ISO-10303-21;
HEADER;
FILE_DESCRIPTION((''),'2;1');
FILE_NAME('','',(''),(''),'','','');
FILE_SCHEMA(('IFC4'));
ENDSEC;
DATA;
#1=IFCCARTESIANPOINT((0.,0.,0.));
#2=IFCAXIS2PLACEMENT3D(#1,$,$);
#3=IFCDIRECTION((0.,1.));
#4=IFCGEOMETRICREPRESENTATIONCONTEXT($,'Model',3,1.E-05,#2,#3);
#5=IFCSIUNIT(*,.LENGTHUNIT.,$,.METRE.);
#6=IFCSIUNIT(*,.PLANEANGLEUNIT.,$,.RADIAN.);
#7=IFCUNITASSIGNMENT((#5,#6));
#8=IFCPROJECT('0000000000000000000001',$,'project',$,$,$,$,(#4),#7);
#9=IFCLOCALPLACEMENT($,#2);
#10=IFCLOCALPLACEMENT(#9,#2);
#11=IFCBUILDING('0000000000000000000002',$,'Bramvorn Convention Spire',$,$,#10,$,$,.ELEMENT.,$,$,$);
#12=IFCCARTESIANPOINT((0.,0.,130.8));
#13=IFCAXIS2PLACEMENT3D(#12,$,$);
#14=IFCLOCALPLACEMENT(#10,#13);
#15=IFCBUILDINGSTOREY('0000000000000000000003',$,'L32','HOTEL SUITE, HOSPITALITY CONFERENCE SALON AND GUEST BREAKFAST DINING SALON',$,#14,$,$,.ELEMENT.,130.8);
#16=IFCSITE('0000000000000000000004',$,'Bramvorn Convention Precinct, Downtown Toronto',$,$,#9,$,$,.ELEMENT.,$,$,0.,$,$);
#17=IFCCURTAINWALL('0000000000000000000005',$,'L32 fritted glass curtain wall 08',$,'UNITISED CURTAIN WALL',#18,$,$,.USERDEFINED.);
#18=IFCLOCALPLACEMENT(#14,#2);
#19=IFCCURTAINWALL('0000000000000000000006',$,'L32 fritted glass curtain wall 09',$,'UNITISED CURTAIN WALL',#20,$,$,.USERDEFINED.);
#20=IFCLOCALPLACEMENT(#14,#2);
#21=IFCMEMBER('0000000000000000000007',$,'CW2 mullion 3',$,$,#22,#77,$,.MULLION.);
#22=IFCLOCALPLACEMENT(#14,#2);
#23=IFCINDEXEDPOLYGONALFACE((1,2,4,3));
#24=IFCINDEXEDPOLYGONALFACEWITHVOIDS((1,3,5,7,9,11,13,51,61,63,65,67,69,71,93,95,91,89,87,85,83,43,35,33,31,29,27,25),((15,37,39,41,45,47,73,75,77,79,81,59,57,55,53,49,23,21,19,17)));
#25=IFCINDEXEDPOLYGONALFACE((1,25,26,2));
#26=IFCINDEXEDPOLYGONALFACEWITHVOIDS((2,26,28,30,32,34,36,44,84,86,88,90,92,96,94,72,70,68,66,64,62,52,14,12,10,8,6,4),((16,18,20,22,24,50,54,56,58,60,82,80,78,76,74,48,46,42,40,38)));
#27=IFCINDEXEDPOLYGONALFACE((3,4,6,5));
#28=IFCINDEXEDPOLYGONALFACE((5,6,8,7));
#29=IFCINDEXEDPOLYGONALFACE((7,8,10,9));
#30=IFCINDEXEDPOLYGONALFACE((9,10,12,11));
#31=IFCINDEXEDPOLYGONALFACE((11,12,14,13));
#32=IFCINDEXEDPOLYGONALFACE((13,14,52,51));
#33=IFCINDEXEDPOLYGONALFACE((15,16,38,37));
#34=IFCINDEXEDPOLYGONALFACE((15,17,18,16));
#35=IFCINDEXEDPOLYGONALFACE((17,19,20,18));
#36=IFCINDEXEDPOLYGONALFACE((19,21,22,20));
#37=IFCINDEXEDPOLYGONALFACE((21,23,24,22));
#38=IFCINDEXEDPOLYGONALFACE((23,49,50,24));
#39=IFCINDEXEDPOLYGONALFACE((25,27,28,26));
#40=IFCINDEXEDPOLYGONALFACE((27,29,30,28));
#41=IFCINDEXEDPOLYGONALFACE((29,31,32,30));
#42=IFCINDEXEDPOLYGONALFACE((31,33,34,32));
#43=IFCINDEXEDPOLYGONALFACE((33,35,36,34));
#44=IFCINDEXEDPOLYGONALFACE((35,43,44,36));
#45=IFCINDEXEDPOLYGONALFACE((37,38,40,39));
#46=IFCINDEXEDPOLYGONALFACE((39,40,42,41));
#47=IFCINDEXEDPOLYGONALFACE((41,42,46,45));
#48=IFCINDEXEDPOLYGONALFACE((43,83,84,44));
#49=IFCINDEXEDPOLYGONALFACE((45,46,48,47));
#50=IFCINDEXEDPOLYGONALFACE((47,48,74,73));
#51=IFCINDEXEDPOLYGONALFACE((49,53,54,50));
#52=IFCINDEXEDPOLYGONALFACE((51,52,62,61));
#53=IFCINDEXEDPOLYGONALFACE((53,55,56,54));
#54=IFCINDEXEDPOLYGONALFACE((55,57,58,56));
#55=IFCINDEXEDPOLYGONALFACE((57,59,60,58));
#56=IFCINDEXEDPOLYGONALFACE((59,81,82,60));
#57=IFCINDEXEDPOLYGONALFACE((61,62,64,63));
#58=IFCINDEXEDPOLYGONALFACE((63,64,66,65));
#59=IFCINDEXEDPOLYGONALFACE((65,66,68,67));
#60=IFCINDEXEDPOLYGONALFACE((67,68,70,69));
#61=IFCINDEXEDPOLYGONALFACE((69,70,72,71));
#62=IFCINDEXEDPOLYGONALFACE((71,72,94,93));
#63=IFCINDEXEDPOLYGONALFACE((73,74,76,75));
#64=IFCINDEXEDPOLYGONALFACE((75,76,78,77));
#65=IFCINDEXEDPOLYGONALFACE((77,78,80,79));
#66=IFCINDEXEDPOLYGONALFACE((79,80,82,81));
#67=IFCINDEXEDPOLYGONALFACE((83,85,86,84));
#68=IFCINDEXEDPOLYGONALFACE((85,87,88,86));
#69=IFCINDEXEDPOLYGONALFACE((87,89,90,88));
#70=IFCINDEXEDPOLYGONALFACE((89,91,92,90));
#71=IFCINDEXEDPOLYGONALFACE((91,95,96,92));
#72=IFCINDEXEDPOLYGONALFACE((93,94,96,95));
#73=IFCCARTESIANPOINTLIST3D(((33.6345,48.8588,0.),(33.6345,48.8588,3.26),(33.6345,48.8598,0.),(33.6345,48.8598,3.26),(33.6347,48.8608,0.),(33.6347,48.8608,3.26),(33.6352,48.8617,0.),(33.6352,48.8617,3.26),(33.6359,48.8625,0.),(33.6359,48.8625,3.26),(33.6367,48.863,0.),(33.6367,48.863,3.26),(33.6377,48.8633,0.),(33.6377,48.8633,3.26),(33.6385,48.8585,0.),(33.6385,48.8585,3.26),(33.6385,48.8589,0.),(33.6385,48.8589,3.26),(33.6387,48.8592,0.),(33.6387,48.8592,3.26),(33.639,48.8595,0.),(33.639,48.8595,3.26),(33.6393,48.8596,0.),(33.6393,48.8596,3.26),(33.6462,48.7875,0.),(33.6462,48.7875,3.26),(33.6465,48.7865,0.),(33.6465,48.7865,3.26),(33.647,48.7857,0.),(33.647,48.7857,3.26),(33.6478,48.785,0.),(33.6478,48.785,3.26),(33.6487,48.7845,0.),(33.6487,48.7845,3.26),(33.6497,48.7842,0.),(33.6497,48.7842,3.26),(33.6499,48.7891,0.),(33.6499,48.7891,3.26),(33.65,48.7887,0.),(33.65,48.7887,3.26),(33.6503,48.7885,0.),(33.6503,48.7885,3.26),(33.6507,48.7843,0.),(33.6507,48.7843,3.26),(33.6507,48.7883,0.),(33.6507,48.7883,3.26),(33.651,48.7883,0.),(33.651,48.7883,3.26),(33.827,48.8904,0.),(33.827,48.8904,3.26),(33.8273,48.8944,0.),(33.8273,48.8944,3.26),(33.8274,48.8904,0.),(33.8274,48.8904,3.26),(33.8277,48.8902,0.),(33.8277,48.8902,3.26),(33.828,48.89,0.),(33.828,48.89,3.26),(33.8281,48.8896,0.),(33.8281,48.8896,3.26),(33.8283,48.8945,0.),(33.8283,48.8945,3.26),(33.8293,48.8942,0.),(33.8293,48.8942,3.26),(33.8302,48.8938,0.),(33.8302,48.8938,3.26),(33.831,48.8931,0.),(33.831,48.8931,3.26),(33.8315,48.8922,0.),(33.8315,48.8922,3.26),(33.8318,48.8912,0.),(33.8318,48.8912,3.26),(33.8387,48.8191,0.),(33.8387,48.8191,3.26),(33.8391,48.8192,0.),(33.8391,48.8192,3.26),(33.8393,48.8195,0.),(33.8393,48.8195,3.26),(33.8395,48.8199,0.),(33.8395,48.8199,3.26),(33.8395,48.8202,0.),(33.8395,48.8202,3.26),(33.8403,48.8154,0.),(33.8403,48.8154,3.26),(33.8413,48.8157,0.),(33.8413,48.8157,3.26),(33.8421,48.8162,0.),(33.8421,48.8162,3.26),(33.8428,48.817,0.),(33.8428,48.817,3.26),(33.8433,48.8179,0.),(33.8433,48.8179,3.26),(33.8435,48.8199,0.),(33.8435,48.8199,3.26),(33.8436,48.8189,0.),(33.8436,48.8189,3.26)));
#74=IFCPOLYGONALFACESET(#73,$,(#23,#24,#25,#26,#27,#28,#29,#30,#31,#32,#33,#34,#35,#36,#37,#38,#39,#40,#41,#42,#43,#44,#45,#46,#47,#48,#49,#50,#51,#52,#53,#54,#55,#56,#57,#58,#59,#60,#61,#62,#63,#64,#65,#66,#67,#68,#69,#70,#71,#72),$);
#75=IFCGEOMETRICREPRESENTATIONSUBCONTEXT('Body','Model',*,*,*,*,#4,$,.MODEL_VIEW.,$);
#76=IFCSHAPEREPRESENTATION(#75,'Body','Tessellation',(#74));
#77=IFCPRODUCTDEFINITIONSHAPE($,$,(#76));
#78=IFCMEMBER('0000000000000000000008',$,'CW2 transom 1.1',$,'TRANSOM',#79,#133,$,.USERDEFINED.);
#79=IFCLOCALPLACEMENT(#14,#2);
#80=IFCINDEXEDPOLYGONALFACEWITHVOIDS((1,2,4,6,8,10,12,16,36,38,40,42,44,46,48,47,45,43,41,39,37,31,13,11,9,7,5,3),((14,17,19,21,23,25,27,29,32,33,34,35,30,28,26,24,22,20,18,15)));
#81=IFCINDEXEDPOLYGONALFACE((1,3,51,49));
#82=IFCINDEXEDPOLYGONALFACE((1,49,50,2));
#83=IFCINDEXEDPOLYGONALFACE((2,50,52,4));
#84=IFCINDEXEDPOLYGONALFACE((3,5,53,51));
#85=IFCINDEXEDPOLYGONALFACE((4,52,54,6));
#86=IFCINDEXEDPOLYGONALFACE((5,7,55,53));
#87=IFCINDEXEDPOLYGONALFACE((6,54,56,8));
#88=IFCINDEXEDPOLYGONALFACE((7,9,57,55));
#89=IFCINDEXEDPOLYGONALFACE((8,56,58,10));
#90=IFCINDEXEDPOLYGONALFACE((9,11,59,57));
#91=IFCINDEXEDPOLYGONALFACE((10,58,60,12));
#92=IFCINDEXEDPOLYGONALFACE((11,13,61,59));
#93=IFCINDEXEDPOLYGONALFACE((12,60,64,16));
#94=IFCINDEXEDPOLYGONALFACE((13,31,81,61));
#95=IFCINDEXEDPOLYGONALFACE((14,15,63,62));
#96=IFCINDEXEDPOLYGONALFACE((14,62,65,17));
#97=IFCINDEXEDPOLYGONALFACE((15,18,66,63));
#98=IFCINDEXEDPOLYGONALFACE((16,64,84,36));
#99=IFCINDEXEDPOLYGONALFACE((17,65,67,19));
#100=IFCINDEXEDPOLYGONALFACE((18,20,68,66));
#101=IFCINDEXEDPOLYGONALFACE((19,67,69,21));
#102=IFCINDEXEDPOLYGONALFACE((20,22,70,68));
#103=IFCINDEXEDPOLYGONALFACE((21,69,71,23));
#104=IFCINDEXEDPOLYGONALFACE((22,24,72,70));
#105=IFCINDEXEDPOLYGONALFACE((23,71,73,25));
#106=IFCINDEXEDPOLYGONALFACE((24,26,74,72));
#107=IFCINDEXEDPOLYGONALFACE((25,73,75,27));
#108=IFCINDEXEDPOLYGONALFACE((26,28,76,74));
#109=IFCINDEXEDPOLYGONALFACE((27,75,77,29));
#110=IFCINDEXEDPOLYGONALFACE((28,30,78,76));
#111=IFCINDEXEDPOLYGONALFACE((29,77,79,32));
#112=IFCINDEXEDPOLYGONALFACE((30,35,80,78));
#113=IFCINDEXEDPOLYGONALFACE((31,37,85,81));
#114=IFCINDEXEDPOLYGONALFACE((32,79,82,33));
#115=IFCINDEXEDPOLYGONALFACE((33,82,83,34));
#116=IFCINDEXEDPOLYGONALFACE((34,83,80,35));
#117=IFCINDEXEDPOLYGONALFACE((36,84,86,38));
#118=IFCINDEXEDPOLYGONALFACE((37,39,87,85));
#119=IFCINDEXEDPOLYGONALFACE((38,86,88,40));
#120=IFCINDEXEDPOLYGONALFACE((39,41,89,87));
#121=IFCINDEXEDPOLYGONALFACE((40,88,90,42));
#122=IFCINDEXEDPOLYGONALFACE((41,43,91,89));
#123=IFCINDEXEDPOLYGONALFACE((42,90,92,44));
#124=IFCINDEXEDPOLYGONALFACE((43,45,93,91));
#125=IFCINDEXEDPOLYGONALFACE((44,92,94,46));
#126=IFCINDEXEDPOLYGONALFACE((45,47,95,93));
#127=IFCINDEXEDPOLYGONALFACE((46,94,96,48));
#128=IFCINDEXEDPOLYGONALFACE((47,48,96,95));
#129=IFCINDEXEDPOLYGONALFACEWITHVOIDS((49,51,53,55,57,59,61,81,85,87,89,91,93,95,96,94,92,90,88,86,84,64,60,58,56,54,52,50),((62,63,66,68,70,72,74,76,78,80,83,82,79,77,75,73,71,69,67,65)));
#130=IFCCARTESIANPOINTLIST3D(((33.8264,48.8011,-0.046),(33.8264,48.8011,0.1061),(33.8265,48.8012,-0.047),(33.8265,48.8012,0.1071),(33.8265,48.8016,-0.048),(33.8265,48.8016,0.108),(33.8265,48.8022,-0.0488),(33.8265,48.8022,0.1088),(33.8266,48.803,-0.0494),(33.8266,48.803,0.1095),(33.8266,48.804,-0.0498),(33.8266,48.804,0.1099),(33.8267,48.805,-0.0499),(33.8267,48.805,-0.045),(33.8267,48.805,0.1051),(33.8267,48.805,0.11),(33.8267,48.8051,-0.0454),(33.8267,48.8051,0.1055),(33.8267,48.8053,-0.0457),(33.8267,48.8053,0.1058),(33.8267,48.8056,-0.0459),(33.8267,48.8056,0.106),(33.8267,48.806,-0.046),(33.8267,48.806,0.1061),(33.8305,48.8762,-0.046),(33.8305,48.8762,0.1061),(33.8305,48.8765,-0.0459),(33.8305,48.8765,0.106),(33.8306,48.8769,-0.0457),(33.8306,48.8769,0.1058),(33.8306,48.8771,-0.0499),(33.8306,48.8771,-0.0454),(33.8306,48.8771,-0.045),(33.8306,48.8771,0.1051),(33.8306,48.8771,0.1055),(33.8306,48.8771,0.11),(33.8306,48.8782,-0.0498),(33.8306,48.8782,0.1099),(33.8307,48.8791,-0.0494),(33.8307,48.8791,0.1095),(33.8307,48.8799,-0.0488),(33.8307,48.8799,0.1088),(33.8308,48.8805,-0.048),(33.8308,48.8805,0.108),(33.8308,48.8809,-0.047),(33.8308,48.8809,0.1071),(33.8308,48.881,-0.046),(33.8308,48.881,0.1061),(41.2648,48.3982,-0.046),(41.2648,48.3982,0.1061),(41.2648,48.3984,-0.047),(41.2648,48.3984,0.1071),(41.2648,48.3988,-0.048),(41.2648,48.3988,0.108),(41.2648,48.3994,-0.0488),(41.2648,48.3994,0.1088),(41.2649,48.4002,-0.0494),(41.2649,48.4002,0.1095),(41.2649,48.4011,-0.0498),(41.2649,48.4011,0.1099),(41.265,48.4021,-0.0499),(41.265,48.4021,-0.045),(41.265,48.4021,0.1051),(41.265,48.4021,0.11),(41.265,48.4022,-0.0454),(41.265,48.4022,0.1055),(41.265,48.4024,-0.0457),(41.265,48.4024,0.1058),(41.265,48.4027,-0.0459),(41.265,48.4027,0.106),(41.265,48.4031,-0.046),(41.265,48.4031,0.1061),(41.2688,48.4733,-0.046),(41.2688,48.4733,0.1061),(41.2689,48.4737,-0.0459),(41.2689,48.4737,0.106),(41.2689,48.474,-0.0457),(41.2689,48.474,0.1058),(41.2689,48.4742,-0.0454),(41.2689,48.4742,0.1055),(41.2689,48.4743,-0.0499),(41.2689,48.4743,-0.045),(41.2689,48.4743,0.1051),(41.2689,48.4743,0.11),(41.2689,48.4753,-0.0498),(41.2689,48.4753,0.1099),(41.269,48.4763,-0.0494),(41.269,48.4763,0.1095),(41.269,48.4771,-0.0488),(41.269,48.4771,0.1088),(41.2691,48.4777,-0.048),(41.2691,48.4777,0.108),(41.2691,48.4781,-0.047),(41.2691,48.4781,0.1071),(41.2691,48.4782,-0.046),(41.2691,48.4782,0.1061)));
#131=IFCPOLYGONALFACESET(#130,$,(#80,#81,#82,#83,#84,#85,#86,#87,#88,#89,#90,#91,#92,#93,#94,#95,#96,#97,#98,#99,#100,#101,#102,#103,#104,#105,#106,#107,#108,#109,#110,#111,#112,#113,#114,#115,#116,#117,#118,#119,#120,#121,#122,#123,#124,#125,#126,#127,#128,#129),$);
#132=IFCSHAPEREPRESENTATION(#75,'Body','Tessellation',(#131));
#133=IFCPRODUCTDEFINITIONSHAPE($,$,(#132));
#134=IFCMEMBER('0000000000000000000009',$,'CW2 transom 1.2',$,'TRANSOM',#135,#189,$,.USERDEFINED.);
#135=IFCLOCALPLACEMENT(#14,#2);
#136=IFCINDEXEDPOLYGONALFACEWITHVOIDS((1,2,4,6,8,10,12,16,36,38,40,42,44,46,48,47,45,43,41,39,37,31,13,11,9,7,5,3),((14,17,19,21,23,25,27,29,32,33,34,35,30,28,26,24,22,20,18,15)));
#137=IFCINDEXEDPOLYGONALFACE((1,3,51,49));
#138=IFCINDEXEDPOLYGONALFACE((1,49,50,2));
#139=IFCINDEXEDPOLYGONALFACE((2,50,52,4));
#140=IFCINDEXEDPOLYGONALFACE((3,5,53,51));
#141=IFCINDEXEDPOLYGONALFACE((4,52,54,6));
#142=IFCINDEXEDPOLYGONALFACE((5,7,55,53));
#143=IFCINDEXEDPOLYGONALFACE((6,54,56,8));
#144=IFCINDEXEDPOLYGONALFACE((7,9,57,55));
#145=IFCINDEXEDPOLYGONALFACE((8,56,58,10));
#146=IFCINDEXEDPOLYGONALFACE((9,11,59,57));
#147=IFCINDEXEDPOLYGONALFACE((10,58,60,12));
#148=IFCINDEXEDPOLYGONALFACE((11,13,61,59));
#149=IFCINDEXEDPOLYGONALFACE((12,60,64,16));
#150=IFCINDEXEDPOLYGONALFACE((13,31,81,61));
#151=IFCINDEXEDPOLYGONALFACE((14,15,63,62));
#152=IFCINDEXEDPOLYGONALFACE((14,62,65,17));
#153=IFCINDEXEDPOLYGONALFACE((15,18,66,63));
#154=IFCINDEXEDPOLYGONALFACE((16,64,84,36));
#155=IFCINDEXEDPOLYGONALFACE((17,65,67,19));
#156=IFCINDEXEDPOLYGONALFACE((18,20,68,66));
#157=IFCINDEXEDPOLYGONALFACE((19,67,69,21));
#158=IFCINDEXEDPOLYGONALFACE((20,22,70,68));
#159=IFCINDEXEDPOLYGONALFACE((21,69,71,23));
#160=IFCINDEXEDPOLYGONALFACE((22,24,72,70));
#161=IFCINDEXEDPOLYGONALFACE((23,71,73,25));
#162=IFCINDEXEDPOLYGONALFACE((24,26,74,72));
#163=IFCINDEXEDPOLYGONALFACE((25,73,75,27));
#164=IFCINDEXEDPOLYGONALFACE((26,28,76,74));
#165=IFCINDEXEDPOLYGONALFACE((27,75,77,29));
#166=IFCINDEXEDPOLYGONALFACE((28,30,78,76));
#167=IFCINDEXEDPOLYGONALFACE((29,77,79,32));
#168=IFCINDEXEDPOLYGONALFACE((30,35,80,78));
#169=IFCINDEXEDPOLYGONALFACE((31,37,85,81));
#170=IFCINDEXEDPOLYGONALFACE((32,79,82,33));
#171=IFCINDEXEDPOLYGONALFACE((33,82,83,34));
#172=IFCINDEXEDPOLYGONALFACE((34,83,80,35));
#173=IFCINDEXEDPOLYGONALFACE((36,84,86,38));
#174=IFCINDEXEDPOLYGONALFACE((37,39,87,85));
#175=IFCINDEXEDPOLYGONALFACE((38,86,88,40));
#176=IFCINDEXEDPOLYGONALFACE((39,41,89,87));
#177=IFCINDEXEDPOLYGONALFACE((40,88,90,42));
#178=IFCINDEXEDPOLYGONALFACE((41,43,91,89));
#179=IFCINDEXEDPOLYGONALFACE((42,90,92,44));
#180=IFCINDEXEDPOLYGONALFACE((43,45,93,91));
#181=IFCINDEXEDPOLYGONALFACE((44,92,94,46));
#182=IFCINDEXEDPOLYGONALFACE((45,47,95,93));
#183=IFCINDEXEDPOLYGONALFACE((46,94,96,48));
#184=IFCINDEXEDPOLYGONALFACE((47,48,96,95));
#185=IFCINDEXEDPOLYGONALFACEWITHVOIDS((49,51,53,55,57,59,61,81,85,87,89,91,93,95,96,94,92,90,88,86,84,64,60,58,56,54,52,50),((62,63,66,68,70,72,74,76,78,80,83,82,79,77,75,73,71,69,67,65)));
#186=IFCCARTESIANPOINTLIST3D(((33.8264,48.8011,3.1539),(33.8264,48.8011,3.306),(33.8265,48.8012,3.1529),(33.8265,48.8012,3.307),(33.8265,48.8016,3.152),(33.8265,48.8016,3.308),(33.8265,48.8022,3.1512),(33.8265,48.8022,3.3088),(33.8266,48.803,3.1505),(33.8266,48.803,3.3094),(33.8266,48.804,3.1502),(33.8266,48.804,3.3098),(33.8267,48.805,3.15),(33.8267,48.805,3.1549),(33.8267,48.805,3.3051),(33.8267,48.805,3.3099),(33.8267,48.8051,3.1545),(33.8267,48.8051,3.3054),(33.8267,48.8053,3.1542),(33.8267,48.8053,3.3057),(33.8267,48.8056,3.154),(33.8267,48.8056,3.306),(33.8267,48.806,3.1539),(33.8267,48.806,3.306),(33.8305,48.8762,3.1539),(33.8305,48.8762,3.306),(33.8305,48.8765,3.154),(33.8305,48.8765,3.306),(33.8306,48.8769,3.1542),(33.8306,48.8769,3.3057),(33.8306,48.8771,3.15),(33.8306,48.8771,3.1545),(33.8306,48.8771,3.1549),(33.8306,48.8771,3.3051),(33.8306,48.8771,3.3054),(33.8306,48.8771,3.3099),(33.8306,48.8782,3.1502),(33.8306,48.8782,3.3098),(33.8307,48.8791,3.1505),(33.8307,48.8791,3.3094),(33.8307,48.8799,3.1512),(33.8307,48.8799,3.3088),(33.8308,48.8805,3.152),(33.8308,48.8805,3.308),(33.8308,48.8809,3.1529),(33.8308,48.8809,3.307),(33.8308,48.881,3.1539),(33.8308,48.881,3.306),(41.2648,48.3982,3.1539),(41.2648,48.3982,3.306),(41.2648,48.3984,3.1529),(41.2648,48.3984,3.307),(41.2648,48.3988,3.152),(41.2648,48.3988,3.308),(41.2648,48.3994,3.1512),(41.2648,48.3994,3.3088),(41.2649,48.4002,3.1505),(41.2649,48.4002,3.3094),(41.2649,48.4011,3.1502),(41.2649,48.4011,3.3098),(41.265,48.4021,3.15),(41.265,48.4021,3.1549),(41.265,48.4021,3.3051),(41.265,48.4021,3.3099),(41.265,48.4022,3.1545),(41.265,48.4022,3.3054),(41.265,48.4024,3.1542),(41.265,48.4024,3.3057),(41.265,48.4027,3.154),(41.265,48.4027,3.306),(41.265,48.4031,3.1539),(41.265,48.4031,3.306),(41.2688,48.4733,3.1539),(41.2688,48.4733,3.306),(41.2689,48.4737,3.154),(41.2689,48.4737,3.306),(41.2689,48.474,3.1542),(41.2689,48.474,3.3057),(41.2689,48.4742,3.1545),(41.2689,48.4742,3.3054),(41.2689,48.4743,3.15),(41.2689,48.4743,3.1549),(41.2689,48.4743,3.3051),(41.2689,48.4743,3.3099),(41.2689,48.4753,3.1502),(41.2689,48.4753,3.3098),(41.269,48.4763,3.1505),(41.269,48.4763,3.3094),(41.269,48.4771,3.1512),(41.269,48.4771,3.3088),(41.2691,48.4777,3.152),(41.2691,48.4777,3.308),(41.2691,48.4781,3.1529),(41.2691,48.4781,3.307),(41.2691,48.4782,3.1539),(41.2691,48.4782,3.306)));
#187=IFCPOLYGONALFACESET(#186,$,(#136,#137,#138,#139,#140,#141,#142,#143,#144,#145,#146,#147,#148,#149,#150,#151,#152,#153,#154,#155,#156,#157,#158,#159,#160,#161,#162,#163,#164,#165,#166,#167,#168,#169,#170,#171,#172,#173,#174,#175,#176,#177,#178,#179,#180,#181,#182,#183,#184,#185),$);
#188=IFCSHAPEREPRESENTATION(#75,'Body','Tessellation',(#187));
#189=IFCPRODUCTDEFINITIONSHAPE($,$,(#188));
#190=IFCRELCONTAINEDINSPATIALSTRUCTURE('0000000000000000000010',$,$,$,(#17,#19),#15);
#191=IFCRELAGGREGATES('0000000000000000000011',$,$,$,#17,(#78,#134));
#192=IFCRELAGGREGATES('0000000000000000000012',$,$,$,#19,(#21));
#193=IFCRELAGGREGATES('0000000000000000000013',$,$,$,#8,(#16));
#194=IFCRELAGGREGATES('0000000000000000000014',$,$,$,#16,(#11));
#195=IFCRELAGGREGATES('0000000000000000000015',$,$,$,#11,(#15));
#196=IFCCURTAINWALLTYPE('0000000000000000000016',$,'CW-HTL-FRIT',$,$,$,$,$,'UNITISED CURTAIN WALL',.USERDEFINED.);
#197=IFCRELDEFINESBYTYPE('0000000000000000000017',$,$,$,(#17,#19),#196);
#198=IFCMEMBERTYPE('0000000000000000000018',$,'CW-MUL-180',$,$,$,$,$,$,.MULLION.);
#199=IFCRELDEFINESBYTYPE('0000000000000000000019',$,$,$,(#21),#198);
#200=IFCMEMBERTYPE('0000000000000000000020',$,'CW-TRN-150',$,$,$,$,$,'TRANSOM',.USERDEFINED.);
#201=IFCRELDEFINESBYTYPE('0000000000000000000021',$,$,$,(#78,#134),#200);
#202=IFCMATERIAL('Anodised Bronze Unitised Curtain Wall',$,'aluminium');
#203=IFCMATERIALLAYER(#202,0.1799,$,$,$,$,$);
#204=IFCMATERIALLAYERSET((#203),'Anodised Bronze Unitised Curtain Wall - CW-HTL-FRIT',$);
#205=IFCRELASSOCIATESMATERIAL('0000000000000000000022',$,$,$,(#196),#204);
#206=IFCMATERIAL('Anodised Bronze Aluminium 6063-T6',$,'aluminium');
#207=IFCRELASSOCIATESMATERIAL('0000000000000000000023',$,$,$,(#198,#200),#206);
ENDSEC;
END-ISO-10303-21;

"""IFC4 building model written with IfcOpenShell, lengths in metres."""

from ifc_helpers import new_model, si_unit, direction, frame, origin, origin_2d, place, context, subcontext, project, spatial, hollow_rectangle, extrude, material, layer, layer_set, material_profile, profile_set, type_object, element, aggregate, save


model = new_model("IFC4")

# Units and contexts
model_context = context("Model", 3, precision=1e-05, world=origin(), true_north=direction((0.0, 1.0)))
body_context = subcontext(model_context, "Body", "Model", "MODEL_VIEW")
ifc_project = project(units=[si_unit("LENGTHUNIT", "METRE"), si_unit("PLANEANGLEUNIT", "RADIAN")], contexts=[model_context])

# Site, building, storey
site_placement = place(None, origin())
site = spatial("IfcSite", under=ifc_project, at=site_placement, Name="Bramvorn Convention Precinct, Downtown Toronto", CompositionType="ELEMENT", RefElevation=0.0)
building_placement = place(site_placement, origin())
building = spatial("IfcBuilding", under=site, at=building_placement, Name="Bramvorn Convention Spire", CompositionType="ELEMENT")
storey_placement = place(building_placement, frame((0.0, 0.0, 130.8)))
storey = spatial("IfcBuildingStorey", under=building, at=storey_placement, Name="L32", Description="HOTEL SUITE, HOSPITALITY CONFERENCE SALON AND GUEST BREAKFAST DINING SALON", CompositionType="ELEMENT", Elevation=130.8)

# Curtain wall
ifc_material_1 = material(Name="Anodised Bronze Unitised Curtain Wall", Category="aluminium")
ifc_layer_1 = layer(ifc_material_1, 0.1799)
ifc_layer_set_1 = layer_set([ifc_layer_1], Name="Anodised Bronze Unitised Curtain Wall - CW-HTL-FRIT")
curtain_wall_type = type_object("IfcCurtainWallType", Name="CW-HTL-FRIT", ElementType="UNITISED CURTAIN WALL", PredefinedType="USERDEFINED", material=ifc_layer_set_1)
curtain_wall_1_placement = place(storey_placement, origin())
curtain_wall_1 = element("IfcCurtainWall", 1, at=curtain_wall_1_placement, inside=storey, type_object=curtain_wall_type, Name="L32 fritted glass curtain wall 08", ObjectType="UNITISED CURTAIN WALL", PredefinedType="USERDEFINED")
ifc_material_2 = material(Name="Anodised Bronze Aluminium 6063-T6", Category="aluminium")
ifc_material_profile_1 = material_profile(ifc_material_2, hollow_rectangle(XDim=0.0801, YDim=0.2, WallThickness=0.0039, InnerFilletRadius=0.001, OuterFilletRadius=0.0039, at=origin_2d()))
ifc_profile_set_1 = profile_set([ifc_material_profile_1], Name="Anodised Bronze Aluminium 6063-T6 - CWM80X200")
member_type_1 = type_object("IfcMemberType", Name="CW-MUL-180", PredefinedType="MULLION", material=ifc_profile_set_1)

# Curtain wall, member
curtain_wall_2_placement = place(storey_placement, origin())
curtain_wall_2 = element("IfcCurtainWall", 2, at=curtain_wall_2_placement, inside=storey, type_object=curtain_wall_type, Name="L32 fritted glass curtain wall 09", ObjectType="UNITISED CURTAIN WALL", PredefinedType="USERDEFINED")
member_1_placement = place(storey_placement, frame((33.739, 48.8394, 0.0), z_axis=(0.0, 0.0, 1.0), x_axis=(-0.162046, 0.986783, 0.0)))
member_1 = element("IfcMember", 3, at=member_1_placement, type_object=member_type_1, Name="CW2 mullion 3", PredefinedType="MULLION", context=body_context, shape_type="SweptSolid", body=[
    extrude(hollow_rectangle(XDim=0.0801, YDim=0.2, WallThickness=0.0039, InnerFilletRadius=0.001, OuterFilletRadius=0.0039, at=origin_2d()), origin(), (0.0, 0.0, 1.0), 3.26),
])

# Members
ifc_material_profile_2 = material_profile(ifc_material_2, hollow_rectangle(XDim=0.0801, YDim=0.1599, WallThickness=0.0039, InnerFilletRadius=0.001, OuterFilletRadius=0.0039, at=origin_2d()))
ifc_profile_set_2 = profile_set([ifc_material_profile_2], Name="Anodised Bronze Aluminium 6063-T6 - CWT80X160")
member_type_2 = type_object("IfcMemberType", Name="CW-TRN-150", ElementType="TRANSOM", PredefinedType="USERDEFINED", material=ifc_profile_set_2)
member_2_placement = place(storey_placement, frame((33.8286, 48.8411, 0.03), z_axis=(0.998537, -0.054078, 0.0), x_axis=(0.054078, 0.998537, 0.0)))
member_2 = element("IfcMember", 4, at=member_2_placement, type_object=member_type_2, Name="CW2 transom 1.1", ObjectType="TRANSOM", PredefinedType="USERDEFINED", context=body_context, shape_type="SweptSolid", body=[
    extrude(hollow_rectangle(XDim=0.0801, YDim=0.1599, WallThickness=0.0039, InnerFilletRadius=0.001, OuterFilletRadius=0.0039, at=origin_2d()), origin(), (0.0, 0.0, 1.0), 7.4492),
])
member_3_placement = place(storey_placement, frame((33.8286, 48.8411, 3.23), z_axis=(0.998537, -0.054078, 0.0), x_axis=(0.054078, 0.998537, 0.0)))
member_3 = element("IfcMember", 5, at=member_3_placement, type_object=member_type_2, Name="CW2 transom 1.2", ObjectType="TRANSOM", PredefinedType="USERDEFINED", context=body_context, shape_type="SweptSolid", body=[
    extrude(hollow_rectangle(XDim=0.0801, YDim=0.1599, WallThickness=0.0039, InnerFilletRadius=0.001, OuterFilletRadius=0.0039, at=origin_2d()), origin(), (0.0, 0.0, 1.0), 7.4492),
])
aggregate(curtain_wall_1, [member_2, member_3])

aggregate(curtain_wall_2, [member_1])

save(model, "model.ifc")
